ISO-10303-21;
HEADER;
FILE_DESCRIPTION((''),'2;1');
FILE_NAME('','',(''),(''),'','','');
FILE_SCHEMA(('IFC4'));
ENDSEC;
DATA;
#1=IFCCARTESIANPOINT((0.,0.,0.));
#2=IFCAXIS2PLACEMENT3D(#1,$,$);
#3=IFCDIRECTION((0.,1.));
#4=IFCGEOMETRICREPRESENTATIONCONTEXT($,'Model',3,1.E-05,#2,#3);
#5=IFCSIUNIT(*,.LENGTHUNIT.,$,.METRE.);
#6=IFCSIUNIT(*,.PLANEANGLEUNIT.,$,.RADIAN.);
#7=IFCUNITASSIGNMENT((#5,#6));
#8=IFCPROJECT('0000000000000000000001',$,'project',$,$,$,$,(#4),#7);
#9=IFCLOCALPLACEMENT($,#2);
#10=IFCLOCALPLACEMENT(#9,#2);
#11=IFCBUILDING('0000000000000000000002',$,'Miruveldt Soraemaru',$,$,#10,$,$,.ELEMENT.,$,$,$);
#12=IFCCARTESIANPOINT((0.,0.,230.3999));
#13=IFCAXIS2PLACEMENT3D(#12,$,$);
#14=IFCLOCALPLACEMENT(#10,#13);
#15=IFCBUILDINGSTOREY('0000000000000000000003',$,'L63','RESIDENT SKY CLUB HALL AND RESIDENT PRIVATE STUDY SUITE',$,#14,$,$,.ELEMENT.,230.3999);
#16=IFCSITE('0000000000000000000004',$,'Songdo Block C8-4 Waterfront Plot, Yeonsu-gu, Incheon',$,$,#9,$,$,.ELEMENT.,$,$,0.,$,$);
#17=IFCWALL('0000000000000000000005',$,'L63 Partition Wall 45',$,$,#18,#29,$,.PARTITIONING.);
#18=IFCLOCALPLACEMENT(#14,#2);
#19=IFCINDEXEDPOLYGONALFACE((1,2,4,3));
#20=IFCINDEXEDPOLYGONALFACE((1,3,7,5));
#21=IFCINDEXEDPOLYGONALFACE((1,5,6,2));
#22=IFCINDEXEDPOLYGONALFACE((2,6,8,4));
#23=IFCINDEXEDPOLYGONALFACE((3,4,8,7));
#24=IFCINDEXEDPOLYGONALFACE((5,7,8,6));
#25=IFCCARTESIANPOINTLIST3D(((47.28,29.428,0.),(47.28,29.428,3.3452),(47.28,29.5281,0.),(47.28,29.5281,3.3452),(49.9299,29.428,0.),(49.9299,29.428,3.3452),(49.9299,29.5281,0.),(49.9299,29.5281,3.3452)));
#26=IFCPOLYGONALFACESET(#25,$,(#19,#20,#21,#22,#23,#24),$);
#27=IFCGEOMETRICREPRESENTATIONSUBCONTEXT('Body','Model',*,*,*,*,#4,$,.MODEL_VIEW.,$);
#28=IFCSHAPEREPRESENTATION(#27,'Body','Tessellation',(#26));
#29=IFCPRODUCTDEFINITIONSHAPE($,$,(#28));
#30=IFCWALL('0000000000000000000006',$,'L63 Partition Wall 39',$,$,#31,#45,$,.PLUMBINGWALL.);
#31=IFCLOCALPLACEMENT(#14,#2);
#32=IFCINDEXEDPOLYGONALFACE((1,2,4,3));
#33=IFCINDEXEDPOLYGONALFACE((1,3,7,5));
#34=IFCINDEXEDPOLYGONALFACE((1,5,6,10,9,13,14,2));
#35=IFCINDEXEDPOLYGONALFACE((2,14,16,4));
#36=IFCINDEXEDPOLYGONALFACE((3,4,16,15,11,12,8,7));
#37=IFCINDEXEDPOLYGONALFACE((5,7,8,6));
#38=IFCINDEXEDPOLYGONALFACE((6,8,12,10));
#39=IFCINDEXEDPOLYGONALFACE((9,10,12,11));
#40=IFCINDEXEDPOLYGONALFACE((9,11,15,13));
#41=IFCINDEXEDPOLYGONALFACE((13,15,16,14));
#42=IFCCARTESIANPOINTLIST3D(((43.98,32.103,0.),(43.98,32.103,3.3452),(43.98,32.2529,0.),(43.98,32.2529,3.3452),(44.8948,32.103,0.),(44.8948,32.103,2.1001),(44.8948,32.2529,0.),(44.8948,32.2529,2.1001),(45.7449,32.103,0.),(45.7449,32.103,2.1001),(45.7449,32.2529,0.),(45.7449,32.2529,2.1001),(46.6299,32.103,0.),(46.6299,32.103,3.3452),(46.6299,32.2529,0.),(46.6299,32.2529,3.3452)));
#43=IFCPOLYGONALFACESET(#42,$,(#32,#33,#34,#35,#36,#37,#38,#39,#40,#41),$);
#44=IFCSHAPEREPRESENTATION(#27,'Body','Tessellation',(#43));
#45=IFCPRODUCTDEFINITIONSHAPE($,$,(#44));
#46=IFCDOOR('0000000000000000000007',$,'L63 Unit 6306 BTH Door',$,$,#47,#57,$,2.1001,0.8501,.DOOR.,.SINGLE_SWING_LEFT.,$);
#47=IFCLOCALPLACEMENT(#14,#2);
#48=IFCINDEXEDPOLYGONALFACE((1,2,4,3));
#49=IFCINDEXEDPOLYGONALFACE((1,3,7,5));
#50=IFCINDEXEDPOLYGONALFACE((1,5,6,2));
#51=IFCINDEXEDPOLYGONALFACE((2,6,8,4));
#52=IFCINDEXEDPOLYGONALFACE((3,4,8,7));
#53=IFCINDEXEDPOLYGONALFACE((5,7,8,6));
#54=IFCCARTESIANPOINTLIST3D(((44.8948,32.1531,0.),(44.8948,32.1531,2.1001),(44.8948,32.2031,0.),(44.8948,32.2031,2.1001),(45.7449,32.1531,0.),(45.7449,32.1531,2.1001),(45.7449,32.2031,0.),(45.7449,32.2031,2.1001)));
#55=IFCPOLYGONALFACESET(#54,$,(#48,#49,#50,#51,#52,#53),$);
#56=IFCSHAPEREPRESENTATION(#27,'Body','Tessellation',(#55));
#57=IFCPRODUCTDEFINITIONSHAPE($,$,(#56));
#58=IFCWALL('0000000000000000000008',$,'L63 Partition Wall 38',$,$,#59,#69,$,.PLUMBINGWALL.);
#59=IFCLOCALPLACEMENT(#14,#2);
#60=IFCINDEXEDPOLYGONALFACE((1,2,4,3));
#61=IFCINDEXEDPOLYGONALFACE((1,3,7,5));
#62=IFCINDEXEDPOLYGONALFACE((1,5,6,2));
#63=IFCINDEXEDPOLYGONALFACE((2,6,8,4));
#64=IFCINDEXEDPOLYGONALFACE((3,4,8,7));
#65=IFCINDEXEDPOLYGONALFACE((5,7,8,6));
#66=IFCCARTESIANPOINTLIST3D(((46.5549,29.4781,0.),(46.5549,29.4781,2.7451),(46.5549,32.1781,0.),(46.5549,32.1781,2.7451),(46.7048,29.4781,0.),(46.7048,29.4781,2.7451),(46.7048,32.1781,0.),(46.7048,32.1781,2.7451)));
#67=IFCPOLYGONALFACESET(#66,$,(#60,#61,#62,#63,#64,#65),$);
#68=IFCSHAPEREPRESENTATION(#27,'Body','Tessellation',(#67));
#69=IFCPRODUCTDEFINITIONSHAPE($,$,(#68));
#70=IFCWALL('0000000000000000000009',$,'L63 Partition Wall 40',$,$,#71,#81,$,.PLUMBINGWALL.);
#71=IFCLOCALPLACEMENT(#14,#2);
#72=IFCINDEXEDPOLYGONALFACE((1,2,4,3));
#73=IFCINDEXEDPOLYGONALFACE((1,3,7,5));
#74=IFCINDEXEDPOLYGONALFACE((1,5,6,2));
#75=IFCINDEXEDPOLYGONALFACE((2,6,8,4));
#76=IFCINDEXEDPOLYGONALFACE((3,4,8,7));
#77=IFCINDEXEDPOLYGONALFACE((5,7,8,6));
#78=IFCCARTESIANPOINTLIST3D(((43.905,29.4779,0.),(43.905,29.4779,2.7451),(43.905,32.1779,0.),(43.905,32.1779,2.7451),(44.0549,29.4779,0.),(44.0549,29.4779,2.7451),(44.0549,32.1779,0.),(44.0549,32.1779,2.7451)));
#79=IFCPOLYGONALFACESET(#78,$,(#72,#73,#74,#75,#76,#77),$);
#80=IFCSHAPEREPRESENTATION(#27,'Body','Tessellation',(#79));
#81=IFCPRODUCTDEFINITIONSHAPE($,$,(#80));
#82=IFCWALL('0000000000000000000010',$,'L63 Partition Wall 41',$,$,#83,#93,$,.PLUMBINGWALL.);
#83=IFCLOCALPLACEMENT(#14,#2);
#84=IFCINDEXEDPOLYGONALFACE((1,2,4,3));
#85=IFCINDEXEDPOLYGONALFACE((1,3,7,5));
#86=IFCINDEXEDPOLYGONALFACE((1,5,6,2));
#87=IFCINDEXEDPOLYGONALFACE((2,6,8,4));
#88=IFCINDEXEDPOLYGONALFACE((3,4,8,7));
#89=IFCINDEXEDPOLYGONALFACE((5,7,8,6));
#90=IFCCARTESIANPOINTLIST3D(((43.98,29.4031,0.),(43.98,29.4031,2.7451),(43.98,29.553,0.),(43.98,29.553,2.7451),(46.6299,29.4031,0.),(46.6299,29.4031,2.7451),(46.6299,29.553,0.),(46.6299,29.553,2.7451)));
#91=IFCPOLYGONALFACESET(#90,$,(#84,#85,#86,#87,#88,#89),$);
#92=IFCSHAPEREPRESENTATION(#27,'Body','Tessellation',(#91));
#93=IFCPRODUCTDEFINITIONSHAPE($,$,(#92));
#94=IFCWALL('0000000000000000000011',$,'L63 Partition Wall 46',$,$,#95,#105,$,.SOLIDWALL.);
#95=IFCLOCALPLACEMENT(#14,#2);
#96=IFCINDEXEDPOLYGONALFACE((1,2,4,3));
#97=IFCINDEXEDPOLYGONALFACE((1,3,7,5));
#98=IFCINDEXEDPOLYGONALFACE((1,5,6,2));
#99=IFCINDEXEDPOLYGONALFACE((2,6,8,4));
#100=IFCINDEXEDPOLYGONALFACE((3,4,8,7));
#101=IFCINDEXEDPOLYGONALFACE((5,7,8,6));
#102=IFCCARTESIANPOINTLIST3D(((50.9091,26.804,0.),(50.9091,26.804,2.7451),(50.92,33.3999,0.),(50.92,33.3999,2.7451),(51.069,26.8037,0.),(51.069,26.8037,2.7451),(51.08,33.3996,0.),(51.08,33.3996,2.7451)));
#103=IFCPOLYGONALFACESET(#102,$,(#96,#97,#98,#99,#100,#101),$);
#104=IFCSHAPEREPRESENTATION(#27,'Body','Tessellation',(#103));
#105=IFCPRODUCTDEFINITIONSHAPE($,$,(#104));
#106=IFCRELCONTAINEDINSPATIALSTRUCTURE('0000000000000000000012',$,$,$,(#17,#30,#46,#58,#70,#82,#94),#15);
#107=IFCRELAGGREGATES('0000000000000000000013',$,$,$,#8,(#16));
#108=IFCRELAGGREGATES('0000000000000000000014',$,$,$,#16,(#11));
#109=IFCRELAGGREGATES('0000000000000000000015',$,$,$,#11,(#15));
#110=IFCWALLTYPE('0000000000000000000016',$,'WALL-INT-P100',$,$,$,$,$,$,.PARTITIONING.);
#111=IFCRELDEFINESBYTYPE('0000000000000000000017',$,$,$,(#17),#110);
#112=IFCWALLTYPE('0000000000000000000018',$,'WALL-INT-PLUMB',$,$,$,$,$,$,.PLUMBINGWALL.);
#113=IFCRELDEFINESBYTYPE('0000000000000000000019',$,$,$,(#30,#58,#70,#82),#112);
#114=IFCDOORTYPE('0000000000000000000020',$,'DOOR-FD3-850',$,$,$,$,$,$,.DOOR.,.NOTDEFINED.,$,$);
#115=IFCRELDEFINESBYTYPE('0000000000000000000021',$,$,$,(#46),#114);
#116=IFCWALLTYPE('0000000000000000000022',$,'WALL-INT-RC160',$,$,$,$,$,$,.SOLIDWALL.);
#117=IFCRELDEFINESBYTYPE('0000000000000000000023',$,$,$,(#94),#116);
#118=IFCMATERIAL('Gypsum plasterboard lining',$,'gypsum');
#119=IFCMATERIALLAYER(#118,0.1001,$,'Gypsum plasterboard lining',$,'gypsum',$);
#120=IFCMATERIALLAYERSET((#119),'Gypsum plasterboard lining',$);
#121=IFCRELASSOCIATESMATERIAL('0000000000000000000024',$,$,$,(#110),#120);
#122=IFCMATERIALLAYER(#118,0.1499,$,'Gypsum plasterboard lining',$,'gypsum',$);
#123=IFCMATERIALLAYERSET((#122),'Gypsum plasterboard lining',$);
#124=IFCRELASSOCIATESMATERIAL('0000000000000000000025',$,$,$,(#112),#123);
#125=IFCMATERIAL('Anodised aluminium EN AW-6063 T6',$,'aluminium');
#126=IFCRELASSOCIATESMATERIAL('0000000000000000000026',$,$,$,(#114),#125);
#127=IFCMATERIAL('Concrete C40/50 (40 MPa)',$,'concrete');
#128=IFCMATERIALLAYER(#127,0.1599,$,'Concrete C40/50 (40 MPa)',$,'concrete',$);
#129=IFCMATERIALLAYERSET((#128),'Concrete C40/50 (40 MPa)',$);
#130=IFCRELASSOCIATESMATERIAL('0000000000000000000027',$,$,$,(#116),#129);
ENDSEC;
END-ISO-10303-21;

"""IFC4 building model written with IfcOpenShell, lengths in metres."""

from ifc_helpers import new_model, si_unit, direction, frame, frame_2d, origin, place, context, subcontext, project, spatial, rectangle, extrude, material, layer, layer_set, type_object, element, fill, save


model = new_model("IFC4")

# Units and contexts
model_context = context("Model", 3, precision=1e-05, world=origin(), true_north=direction((0.0, 1.0)))
body_context = subcontext(model_context, "Body", "Model", "MODEL_VIEW")
ifc_project = project(units=[si_unit("LENGTHUNIT", "METRE"), si_unit("PLANEANGLEUNIT", "RADIAN")], contexts=[model_context])

# Site, building, storey
site_placement = place(None, origin())
site = spatial("IfcSite", under=ifc_project, at=site_placement, Name="Songdo Block C8-4 Waterfront Plot, Yeonsu-gu, Incheon", CompositionType="ELEMENT", RefElevation=0.0)
building_placement = place(site_placement, origin())
building = spatial("IfcBuilding", under=site, at=building_placement, Name="Miruveldt Soraemaru", CompositionType="ELEMENT")
storey_placement = place(building_placement, frame((0.0, 0.0, 230.3999)))
storey = spatial("IfcBuildingStorey", under=building, at=storey_placement, Name="L63", Description="RESIDENT SKY CLUB HALL AND RESIDENT PRIVATE STUDY SUITE", CompositionType="ELEMENT", Elevation=230.3999)

# Wall
ifc_material_1 = material(Name="Gypsum plasterboard lining", Category="gypsum")
ifc_layer_1 = layer(ifc_material_1, 0.1001, Name="Gypsum plasterboard lining", Category="gypsum")
ifc_layer_set_1 = layer_set([ifc_layer_1], Name="Gypsum plasterboard lining")
wall_type_1 = type_object("IfcWallType", Name="WALL-INT-P100", PredefinedType="PARTITIONING", material=ifc_layer_set_1)
wall_1_placement = place(storey_placement, frame((47.28, 29.478, 0.0), z_axis=(0.0, 0.0, 1.0), x_axis=(1.0, 0.0, 0.0)))
element("IfcWall", 1, at=wall_1_placement, inside=storey, type_object=wall_type_1, Name="L63 Partition Wall 45", PredefinedType="PARTITIONING", context=body_context, shape_type="SweptSolid", body=[
    extrude(rectangle(XDim=2.6499, YDim=0.1001, at=frame_2d((1.325, 0.0))), origin(), (0.0, 0.0, 1.0), 3.3452),
])

# Wall, opening, door
ifc_layer_2 = layer(ifc_material_1, 0.1499, Name="Gypsum plasterboard lining", Category="gypsum")
ifc_layer_set_2 = layer_set([ifc_layer_2], Name="Gypsum plasterboard lining")
wall_type_2 = type_object("IfcWallType", Name="WALL-INT-PLUMB", PredefinedType="PLUMBINGWALL", material=ifc_layer_set_2)
wall_2_placement = place(storey_placement, frame((46.6299, 32.178, 0.0), z_axis=(0.0, 0.0, 1.0), x_axis=(-1.0, 0.0, 0.0)))
wall_2 = element("IfcWall", 2, at=wall_2_placement, inside=storey, type_object=wall_type_2, Name="L63 Partition Wall 39", PredefinedType="PLUMBINGWALL", context=body_context, shape_type="SweptSolid", body=[
    extrude(rectangle(XDim=2.6499, YDim=0.1499, at=frame_2d((1.325, 0.0))), origin(), (0.0, 0.0, 1.0), 3.3452),
])
opening_1_placement = place(wall_2_placement, frame((0.885, 0.0, 0.0)))
opening_1 = element("IfcOpeningElement", 3, at=opening_1_placement, cuts=wall_2, PredefinedType="OPENING", context=body_context, shape_type="SweptSolid", body=[
    extrude(rectangle(XDim=0.8501, YDim=2.1001, at=frame_2d((0.425, 1.05))), frame((0.0, 0.085, 0.0), z_axis=(0.0, -1.0, 0.0), x_axis=(1.0, 0.0, 0.0)), (0.0, 0.0, 1.0), 0.1699),
])
ifc_material_2 = material(Name="Anodised aluminium EN AW-6063 T6", Category="aluminium")
door_type = type_object("IfcDoorType", Name="DOOR-FD3-850", OperationType="NOTDEFINED", PredefinedType="DOOR", material=ifc_material_2)
door_placement = place(opening_1_placement, origin())
door = element("IfcDoor", 4, at=door_placement, inside=storey, type_object=door_type, Name="L63 Unit 6306 BTH Door", OperationType="SINGLE_SWING_LEFT", OverallHeight=2.1001, OverallWidth=0.8501, PredefinedType="DOOR", context=body_context, shape_type="SweptSolid", body=[
    extrude(rectangle(XDim=0.8501, YDim=2.1001, at=frame_2d((0.425, 1.05))), frame((0.0, 0.0249, 0.0), z_axis=(0.0, -1.0, 0.0), x_axis=(1.0, 0.0, 0.0)), (0.0, 0.0, 1.0), 0.05),
])
fill(opening_1, door)

# Walls
for number, where, z_axis, x_axis, name in (
    (5, (46.6299, 29.478, 0.0), (0.0, 0.0, 1.0), (0.0, 1.0, 0.0), "L63 Partition Wall 38"),
    (6, (43.98, 32.178, 0.0), (0.0, 0.0, 1.0), (0.0, -1.0, 0.0), "L63 Partition Wall 40"),
):
    element("IfcWall", number, at=place(storey_placement, frame(where, z_axis=z_axis, x_axis=x_axis)), inside=storey, type_object=wall_type_2, Name=name, PredefinedType="PLUMBINGWALL", context=body_context, shape_type="SweptSolid", body=[
        extrude(rectangle(XDim=2.7, YDim=0.1499, at=frame_2d((1.3501, 0.0))), origin(), (0.0, 0.0, 1.0), 2.7451),
    ])
wall_3_placement = place(storey_placement, frame((43.98, 29.478, 0.0), z_axis=(0.0, 0.0, 1.0), x_axis=(1.0, 0.0, 0.0)))
element("IfcWall", 7, at=wall_3_placement, inside=storey, type_object=wall_type_2, Name="L63 Partition Wall 41", PredefinedType="PLUMBINGWALL", context=body_context, shape_type="SweptSolid", body=[
    extrude(rectangle(XDim=2.6499, YDim=0.1499, at=frame_2d((1.325, 0.0))), origin(), (0.0, 0.0, 1.0), 2.7451),
])
ifc_material_3 = material(Name="Concrete C40/50 (40 MPa)", Category="concrete")
ifc_layer_3 = layer(ifc_material_3, 0.1599, Name="Concrete C40/50 (40 MPa)", Category="concrete")
ifc_layer_set_3 = layer_set([ifc_layer_3], Name="Concrete C40/50 (40 MPa)")
wall_type_3 = type_object("IfcWallType", Name="WALL-INT-RC160", PredefinedType="SOLIDWALL", material=ifc_layer_set_3)
wall_4_placement = place(storey_placement, frame((50.989, 26.804, 0.0), z_axis=(0.0, 0.0, 1.0), x_axis=(0.001666, 0.999999, 0.0)))
element("IfcWall", 8, at=wall_4_placement, inside=storey, type_object=wall_type_3, Name="L63 Partition Wall 46", PredefinedType="SOLIDWALL", context=body_context, shape_type="SweptSolid", body=[
    extrude(rectangle(XDim=6.5959, YDim=0.1599, at=frame_2d((3.2979, 0.0))), origin(), (0.0, 0.0, 1.0), 2.7451),
])

save(model, "model.ifc")
